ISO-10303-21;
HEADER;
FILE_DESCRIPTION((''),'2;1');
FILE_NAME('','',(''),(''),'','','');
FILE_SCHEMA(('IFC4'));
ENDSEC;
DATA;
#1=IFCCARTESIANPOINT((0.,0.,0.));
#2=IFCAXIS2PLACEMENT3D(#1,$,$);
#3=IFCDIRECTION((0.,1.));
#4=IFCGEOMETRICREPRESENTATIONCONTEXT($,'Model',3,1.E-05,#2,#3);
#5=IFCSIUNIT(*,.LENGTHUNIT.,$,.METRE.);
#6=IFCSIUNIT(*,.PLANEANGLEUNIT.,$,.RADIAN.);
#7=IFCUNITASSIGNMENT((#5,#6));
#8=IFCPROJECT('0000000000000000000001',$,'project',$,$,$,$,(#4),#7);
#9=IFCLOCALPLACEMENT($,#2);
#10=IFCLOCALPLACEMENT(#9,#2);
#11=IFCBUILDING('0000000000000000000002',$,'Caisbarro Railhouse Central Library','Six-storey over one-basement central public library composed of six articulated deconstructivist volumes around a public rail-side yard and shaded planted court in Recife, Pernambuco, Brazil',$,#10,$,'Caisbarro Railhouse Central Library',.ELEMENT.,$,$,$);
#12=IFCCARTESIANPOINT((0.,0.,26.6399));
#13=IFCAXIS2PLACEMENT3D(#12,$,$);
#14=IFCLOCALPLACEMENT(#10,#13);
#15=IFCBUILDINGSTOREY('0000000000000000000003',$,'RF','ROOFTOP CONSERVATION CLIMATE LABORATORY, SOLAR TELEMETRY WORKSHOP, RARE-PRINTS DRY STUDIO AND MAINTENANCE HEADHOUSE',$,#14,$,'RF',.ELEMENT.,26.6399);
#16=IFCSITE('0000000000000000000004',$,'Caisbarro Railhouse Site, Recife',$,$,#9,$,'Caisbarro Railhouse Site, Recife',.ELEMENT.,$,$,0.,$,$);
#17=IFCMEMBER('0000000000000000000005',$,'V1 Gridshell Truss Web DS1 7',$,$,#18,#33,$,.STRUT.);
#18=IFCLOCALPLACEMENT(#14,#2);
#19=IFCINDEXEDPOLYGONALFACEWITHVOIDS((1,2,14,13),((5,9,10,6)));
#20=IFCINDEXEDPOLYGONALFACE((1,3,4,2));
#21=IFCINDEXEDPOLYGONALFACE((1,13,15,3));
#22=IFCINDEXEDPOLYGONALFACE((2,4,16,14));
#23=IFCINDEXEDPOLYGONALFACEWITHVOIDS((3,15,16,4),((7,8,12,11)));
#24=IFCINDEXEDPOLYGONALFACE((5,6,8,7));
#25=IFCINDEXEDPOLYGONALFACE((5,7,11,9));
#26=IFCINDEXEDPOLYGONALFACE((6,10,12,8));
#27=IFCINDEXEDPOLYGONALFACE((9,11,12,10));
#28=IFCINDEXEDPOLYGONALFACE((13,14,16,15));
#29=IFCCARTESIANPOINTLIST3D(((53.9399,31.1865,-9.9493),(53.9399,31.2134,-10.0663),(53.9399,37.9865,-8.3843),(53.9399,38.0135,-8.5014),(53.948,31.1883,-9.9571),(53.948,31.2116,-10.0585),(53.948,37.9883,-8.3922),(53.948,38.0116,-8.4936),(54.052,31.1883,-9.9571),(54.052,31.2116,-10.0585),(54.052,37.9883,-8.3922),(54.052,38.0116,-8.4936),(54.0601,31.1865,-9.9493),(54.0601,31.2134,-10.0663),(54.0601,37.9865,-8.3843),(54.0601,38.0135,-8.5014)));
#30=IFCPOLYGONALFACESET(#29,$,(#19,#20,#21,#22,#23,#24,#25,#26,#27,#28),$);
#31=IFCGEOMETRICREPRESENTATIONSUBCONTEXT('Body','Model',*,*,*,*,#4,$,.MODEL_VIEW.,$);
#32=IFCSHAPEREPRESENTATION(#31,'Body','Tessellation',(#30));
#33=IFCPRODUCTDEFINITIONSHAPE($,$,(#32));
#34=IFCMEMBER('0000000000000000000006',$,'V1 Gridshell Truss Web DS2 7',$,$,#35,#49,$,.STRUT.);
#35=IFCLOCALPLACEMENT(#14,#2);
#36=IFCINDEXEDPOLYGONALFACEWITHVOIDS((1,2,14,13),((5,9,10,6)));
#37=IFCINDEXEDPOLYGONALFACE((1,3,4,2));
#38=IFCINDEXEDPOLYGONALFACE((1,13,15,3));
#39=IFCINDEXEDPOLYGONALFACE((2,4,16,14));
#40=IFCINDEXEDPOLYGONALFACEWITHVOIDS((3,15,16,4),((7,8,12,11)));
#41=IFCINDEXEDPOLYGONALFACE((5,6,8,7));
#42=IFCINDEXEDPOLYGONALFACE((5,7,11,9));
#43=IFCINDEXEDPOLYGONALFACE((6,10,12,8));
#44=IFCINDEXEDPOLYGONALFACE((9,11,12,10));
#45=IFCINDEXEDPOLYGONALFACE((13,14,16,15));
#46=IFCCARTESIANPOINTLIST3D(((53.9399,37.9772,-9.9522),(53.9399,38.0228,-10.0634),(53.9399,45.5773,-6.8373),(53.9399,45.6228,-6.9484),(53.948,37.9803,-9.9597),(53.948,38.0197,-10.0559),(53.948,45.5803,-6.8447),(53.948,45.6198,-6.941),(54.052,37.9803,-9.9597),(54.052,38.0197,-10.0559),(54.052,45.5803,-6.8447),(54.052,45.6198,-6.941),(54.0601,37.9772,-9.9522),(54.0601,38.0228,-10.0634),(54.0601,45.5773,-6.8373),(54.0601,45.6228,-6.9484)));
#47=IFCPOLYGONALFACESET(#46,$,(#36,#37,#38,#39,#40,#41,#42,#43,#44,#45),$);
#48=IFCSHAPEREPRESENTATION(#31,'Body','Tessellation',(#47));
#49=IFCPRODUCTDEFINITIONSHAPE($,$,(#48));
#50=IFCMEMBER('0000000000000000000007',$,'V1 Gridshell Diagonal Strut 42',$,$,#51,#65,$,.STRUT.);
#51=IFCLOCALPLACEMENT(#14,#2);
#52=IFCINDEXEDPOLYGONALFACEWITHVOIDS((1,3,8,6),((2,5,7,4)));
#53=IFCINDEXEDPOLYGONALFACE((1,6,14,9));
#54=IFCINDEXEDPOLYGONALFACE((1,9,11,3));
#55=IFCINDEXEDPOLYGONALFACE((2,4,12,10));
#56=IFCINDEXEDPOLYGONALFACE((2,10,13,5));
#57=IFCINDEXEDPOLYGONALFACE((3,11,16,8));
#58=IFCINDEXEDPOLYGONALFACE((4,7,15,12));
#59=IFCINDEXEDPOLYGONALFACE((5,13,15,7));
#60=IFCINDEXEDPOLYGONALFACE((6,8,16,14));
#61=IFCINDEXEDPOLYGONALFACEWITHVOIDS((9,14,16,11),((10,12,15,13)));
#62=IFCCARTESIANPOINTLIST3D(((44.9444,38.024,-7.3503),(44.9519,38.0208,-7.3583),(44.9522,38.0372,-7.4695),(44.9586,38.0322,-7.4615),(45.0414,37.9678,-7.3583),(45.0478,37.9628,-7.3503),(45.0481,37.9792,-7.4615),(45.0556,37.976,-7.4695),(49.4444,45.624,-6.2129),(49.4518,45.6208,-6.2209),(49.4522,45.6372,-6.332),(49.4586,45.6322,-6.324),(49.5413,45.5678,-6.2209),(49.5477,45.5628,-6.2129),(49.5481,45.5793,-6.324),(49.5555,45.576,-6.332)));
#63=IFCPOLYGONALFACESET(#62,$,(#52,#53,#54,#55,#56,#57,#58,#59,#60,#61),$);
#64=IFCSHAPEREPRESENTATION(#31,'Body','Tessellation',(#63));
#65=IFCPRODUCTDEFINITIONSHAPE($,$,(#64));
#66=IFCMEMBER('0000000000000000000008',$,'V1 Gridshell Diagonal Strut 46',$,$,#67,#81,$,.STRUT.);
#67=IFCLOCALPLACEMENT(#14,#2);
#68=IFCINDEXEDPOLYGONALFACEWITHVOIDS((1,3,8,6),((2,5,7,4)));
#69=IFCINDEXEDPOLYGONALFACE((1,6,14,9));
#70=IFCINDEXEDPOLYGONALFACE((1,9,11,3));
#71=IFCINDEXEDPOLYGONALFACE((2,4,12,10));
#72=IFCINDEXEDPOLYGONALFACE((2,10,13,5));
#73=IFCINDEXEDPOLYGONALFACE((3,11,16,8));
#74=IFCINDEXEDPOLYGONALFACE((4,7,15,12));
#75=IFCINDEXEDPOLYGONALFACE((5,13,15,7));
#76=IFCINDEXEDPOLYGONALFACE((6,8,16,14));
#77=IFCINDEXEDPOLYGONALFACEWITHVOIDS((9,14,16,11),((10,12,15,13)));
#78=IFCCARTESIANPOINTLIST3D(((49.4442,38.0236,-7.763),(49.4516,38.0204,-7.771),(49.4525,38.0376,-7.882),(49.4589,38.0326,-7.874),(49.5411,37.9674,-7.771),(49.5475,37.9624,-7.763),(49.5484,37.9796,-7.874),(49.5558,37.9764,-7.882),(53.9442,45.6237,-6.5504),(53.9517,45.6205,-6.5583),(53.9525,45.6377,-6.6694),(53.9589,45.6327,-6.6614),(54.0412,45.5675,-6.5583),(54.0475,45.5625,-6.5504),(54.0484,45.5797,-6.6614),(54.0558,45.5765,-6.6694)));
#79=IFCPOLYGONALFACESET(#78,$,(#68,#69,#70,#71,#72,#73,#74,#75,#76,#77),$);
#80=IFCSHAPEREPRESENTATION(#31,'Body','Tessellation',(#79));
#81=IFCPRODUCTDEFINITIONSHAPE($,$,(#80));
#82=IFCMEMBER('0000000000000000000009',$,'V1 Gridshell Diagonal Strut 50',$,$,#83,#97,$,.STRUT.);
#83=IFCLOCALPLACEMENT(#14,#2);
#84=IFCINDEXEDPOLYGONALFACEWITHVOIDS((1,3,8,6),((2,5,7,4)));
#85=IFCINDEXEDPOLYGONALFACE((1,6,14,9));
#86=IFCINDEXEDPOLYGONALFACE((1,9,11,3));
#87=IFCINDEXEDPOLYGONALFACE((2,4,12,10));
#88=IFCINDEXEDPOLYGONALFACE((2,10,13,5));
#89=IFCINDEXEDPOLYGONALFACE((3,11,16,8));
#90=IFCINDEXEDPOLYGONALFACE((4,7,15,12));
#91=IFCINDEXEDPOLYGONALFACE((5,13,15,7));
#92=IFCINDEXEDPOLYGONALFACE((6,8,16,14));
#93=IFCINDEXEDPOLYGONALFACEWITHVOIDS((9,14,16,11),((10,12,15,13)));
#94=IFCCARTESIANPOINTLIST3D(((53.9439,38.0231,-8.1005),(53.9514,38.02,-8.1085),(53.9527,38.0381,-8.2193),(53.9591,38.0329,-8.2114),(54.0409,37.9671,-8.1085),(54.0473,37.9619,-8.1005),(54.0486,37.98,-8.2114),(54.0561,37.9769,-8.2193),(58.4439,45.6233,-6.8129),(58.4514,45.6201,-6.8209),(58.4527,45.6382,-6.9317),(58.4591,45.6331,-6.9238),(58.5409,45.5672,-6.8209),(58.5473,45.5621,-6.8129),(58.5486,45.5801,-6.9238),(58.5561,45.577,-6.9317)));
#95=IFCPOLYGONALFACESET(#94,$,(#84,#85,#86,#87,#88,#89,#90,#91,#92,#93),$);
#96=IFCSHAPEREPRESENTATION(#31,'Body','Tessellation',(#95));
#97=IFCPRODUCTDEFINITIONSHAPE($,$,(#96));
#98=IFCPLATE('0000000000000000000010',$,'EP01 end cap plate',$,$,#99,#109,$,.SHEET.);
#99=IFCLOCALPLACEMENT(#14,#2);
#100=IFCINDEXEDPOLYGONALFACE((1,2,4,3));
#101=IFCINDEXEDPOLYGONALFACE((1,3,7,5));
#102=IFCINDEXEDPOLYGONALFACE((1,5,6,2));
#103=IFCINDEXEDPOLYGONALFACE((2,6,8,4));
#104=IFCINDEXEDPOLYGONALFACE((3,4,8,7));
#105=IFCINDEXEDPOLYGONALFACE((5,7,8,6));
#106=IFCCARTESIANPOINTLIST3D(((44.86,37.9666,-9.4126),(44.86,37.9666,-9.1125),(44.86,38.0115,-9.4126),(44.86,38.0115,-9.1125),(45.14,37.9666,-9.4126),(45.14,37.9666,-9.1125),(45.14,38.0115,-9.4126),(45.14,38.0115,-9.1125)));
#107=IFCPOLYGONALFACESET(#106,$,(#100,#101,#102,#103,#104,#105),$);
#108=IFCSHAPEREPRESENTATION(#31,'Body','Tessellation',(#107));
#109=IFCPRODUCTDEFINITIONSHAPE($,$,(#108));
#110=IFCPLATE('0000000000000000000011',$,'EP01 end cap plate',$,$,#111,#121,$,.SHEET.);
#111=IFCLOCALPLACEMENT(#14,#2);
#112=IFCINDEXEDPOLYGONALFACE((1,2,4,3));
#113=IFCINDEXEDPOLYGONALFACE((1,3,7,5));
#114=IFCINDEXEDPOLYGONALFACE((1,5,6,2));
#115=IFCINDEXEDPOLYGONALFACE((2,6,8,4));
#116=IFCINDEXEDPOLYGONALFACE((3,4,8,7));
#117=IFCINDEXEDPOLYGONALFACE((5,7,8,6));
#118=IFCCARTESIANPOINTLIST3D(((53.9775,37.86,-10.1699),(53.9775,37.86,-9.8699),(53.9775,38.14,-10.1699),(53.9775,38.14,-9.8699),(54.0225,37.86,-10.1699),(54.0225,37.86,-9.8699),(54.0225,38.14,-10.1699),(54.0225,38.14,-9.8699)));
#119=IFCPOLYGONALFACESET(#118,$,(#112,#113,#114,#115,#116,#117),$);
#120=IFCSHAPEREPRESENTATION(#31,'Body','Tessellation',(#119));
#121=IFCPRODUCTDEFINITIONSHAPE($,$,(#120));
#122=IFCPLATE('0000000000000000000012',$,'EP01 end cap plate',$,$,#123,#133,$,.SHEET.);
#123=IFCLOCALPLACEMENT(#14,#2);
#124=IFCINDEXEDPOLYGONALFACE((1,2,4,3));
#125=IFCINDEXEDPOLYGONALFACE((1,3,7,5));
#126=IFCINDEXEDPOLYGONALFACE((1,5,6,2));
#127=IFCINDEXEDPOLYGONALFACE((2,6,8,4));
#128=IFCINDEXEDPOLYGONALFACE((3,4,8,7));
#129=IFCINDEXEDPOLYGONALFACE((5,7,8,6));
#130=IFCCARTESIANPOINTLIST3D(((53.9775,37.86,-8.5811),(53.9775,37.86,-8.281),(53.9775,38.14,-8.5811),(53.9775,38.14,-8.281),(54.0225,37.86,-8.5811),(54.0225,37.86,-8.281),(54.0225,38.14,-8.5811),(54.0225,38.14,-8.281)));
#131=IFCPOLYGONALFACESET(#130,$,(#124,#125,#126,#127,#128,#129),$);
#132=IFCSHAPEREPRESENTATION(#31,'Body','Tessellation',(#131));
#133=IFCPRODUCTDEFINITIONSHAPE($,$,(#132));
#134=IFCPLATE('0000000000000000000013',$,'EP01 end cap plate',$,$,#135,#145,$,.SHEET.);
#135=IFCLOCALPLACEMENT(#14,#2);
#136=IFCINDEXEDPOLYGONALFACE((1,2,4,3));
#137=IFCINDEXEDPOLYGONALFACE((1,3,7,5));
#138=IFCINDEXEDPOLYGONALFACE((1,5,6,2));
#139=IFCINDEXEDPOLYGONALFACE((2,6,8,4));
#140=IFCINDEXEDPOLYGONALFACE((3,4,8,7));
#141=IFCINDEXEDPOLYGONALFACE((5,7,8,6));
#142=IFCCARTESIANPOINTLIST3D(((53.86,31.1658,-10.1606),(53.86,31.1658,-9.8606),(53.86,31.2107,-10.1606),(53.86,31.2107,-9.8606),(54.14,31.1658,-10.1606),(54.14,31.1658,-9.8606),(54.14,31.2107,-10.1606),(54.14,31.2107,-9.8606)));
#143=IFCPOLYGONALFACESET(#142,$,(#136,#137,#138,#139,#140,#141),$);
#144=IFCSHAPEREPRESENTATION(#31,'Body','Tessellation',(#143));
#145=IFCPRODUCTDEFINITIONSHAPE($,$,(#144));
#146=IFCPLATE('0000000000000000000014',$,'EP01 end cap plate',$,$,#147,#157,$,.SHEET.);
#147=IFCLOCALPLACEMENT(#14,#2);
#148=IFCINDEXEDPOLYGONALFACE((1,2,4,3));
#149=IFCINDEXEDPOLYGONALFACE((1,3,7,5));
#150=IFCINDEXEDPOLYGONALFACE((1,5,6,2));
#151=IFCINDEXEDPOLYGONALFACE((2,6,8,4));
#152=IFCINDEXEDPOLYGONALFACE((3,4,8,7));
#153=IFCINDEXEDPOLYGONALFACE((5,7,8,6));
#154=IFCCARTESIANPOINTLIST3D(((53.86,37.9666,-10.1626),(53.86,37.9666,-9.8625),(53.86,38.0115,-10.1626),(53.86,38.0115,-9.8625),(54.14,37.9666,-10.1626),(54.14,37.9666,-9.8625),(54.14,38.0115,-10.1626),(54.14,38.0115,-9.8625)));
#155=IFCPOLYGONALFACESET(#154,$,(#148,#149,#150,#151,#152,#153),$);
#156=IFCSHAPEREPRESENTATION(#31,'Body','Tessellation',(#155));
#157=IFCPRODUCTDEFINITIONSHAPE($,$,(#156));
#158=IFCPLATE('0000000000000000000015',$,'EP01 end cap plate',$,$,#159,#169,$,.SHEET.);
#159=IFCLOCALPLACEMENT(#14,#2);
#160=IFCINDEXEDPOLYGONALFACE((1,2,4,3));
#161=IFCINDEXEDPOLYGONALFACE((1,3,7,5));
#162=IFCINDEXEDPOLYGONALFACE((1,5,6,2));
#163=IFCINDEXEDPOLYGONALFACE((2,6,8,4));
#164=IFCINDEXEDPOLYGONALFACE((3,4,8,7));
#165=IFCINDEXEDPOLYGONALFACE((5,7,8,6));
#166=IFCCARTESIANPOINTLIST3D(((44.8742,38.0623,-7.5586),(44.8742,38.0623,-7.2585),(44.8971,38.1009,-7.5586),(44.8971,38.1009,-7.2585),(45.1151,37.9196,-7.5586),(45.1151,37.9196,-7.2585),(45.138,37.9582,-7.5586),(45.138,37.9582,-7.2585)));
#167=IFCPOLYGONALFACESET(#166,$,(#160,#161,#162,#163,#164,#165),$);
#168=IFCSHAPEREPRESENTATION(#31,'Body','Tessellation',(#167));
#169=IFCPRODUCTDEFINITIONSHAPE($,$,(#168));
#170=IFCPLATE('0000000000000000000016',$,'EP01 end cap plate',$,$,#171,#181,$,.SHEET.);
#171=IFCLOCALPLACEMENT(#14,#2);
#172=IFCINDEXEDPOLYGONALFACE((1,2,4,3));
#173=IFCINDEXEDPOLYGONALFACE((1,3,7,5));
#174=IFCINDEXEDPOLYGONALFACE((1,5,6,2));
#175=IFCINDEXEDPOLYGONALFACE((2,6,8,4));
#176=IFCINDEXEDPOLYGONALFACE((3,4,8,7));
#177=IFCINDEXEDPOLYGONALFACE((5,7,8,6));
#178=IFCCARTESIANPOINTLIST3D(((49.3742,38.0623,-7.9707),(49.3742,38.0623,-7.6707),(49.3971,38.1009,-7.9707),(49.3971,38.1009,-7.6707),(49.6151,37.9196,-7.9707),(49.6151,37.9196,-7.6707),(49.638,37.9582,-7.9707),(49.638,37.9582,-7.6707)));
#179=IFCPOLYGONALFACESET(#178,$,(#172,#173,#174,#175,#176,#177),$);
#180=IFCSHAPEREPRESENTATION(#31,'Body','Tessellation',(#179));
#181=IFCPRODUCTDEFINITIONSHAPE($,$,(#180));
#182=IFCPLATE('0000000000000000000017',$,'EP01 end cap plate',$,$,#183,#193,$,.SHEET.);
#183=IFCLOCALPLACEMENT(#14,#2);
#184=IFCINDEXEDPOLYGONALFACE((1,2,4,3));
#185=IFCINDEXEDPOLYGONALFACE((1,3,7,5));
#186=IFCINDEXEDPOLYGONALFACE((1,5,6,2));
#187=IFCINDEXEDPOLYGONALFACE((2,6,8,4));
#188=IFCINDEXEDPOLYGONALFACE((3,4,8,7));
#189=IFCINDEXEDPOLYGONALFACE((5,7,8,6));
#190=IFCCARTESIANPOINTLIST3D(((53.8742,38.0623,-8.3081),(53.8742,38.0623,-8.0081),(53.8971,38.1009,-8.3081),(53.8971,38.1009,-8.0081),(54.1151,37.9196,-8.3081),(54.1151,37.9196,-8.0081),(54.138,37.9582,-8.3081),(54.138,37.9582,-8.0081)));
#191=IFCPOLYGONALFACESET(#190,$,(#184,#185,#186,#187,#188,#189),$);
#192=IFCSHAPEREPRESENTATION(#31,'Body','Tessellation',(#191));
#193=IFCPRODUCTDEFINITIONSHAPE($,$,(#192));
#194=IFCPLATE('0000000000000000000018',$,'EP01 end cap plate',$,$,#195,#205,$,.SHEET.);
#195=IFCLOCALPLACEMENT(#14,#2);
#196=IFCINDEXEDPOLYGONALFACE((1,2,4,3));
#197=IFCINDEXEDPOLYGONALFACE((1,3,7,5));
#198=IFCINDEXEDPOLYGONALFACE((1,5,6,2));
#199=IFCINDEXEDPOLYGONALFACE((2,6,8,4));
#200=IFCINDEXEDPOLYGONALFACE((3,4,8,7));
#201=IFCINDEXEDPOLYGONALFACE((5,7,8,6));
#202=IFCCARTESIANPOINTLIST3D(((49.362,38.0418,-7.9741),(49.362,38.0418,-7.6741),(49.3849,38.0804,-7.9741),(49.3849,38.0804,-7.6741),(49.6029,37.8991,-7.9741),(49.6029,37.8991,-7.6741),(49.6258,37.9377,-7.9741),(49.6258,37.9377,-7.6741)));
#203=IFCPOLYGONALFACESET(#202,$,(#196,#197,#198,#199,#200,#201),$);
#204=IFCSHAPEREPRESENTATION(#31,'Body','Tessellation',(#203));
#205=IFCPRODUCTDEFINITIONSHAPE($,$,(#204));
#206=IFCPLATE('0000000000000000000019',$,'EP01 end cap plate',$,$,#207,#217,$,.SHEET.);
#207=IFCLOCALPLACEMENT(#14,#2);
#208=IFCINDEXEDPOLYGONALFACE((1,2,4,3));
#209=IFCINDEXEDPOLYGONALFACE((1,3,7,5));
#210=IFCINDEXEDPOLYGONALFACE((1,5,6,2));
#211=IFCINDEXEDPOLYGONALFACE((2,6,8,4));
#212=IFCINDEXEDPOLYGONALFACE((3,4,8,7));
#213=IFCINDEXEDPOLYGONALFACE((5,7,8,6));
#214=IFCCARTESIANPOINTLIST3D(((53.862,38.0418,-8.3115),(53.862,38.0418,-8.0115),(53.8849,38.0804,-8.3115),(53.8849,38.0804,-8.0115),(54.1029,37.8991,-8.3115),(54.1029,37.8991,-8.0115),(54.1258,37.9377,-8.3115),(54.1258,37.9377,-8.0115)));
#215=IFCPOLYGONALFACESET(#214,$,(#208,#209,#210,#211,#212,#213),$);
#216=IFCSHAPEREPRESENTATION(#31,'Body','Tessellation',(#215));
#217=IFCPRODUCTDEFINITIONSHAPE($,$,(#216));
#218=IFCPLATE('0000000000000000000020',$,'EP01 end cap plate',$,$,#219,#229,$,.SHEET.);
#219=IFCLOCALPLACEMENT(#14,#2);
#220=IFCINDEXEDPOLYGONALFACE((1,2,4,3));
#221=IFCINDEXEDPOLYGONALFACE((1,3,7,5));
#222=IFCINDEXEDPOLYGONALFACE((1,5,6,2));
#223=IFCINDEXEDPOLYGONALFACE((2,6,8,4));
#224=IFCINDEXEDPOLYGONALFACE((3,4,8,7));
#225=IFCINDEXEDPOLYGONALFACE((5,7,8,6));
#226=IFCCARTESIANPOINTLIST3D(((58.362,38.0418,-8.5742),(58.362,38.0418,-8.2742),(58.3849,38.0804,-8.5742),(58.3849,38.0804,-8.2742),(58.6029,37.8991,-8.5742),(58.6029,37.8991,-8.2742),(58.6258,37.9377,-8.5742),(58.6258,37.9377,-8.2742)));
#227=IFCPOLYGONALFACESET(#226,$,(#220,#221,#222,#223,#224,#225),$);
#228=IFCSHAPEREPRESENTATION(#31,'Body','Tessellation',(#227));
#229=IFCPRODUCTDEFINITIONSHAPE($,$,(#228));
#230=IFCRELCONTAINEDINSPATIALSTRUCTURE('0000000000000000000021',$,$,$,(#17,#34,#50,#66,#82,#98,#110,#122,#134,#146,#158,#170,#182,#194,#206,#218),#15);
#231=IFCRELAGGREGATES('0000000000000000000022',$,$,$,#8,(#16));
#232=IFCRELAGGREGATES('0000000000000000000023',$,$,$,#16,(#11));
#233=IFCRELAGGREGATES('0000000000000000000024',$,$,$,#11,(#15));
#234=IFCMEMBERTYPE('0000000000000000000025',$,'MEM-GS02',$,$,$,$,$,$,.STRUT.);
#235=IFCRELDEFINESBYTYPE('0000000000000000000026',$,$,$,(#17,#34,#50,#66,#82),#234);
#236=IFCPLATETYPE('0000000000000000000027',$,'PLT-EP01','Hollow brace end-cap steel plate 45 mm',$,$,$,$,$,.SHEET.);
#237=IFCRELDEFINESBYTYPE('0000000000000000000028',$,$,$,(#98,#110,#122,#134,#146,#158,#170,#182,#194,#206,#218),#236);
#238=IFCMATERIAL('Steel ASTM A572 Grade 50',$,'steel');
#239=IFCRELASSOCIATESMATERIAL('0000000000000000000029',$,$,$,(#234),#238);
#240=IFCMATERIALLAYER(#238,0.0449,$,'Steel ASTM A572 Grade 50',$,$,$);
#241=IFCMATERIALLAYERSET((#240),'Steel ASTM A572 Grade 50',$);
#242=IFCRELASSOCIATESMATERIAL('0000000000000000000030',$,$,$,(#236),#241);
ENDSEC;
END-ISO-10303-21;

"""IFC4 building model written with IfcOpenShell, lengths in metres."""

from ifc_helpers import new_model, si_unit, direction, frame, origin, origin_2d, place, context, subcontext, project, spatial, rectangle, hollow_rectangle, extrude, material, layer, layer_set, material_profile, profile_set, type_object, element, save


model = new_model("IFC4")

# Units and contexts
model_context = context("Model", 3, precision=1e-05, world=origin(), true_north=direction((0.0, 1.0)))
body_context = subcontext(model_context, "Body", "Model", "MODEL_VIEW")
ifc_project = project(units=[si_unit("LENGTHUNIT", "METRE"), si_unit("PLANEANGLEUNIT", "RADIAN")], contexts=[model_context])

# Site, building, storey
site_placement = place(None, origin())
site = spatial("IfcSite", under=ifc_project, at=site_placement, Name="Caisbarro Railhouse Site, Recife", LongName="Caisbarro Railhouse Site, Recife", CompositionType="ELEMENT", RefElevation=0.0)
building_placement = place(site_placement, origin())
building = spatial("IfcBuilding", under=site, at=building_placement, Name="Caisbarro Railhouse Central Library", Description="Six-storey over one-basement central public library composed of six articulated deconstructivist volumes around a public rail-side yard and shaded planted court in Recife, Pernambuco, Brazil", LongName="Caisbarro Railhouse Central Library", CompositionType="ELEMENT")
storey_placement = place(building_placement, frame((0.0, 0.0, 26.6399)))
storey = spatial("IfcBuildingStorey", under=building, at=storey_placement, Name="RF", Description="ROOFTOP CONSERVATION CLIMATE LABORATORY, SOLAR TELEMETRY WORKSHOP, RARE-PRINTS DRY STUDIO AND MAINTENANCE HEADHOUSE", LongName="RF", CompositionType="ELEMENT", Elevation=26.6399)

# Shared definitions
ifc_material = material(Name="Steel ASTM A572 Grade 50", Category="steel")

# Members
ifc_material_profile_1 = material_profile(ifc_material, hollow_rectangle(XDim=0.1201, YDim=0.1201, WallThickness=0.0081, at=origin_2d()), Name="HSS120X120X8")
ifc_profile_set_1 = profile_set([ifc_material_profile_1], Name="Steel ASTM A572 Grade 50")
member_type_1 = type_object("IfcMemberType", Name="MEM-GS02", PredefinedType="STRUT", material=ifc_profile_set_1)
member_1_placement = place(storey_placement, frame((54.0, 31.2, -10.0078), z_axis=(0.0, 0.974526, 0.224274), x_axis=(-1.0, 0.0, 0.0)))
element("IfcMember", 1, at=member_1_placement, inside=storey, type_object=member_type_1, Name="V1 Gridshell Truss Web DS1 7", PredefinedType="STRUT", context=body_context, shape_type="SweptSolid", body=[
    extrude(hollow_rectangle(XDim=0.1201, YDim=0.1201, WallThickness=0.0081, at=origin_2d()), origin(), (0.0, 0.0, 1.0), 6.9778),
])
member_2_placement = place(storey_placement, frame((54.0, 38.0, -10.0078), z_axis=(0.0, 0.925297, 0.379244), x_axis=(-1.0, 0.0, 0.0)))
element("IfcMember", 2, at=member_2_placement, inside=storey, type_object=member_type_1, Name="V1 Gridshell Truss Web DS2 7", PredefinedType="STRUT", context=body_context, shape_type="SweptSolid", body=[
    extrude(hollow_rectangle(XDim=0.1201, YDim=0.1201, WallThickness=0.0081, at=origin_2d()), origin(), (0.0, 0.0, 1.0), 8.2136),
])
member_3_placement = place(storey_placement, frame((45.0, 38.0, -7.4099), z_axis=(0.505314, 0.85343, 0.127727), x_axis=(-0.860478, 0.509487, 0.0)))
element("IfcMember", 3, at=member_3_placement, inside=storey, type_object=member_type_1, Name="V1 Gridshell Diagonal Strut 42", PredefinedType="STRUT", context=body_context, shape_type="SweptSolid", body=[
    extrude(hollow_rectangle(XDim=0.1201, YDim=0.1201, WallThickness=0.0081, at=origin_2d()), origin(), (0.0, 0.0, 1.0), 8.9053),
])
member_4_placement = place(storey_placement, frame((49.5, 38.0, -7.8225), z_axis=(0.504752, 0.852481, 0.136019), x_axis=(-0.860478, 0.509487, 0.0)))
element("IfcMember", 4, at=member_4_placement, inside=storey, type_object=member_type_1, Name="V1 Gridshell Diagonal Strut 46", PredefinedType="STRUT", context=body_context, shape_type="SweptSolid", body=[
    extrude(hollow_rectangle(XDim=0.1201, YDim=0.1201, WallThickness=0.0081, at=origin_2d()), origin(), (0.0, 0.0, 1.0), 8.9153),
])
member_5_placement = place(storey_placement, frame((54.0, 38.0, -8.1599), z_axis=(0.504158, 0.851478, 0.144256), x_axis=(-0.860478, 0.509487, 0.0)))
element("IfcMember", 5, at=member_5_placement, inside=storey, type_object=member_type_1, Name="V1 Gridshell Diagonal Strut 50", PredefinedType="STRUT", context=body_context, shape_type="SweptSolid", body=[
    extrude(hollow_rectangle(XDim=0.1201, YDim=0.1201, WallThickness=0.0081, at=origin_2d()), origin(), (0.0, 0.0, 1.0), 8.9258),
])

# Plates
ifc_layer = layer(ifc_material, 0.0449, Name="Steel ASTM A572 Grade 50")
ifc_layer_set = layer_set([ifc_layer], Name="Steel ASTM A572 Grade 50")
plate_type = type_object("IfcPlateType", Name="PLT-EP01", Description="Hollow brace end-cap steel plate 45 mm", PredefinedType="SHEET", material=ifc_layer_set)
for number, where, z_axis, x_axis, name in (
    (6, (45.0, 37.989, -9.4126), (0.0, 0.0, 1.0), (0.0, 1.0, 0.0), "EP01 end cap plate"),
    (7, (54.0, 38.0, -10.1699), (0.0, 0.0, 1.0), (1.0, 0.0, 0.0), "EP01 end cap plate"),
    (8, (54.0, 38.0, -8.5811), (0.0, 0.0, 1.0), (1.0, 0.0, 0.0), "EP01 end cap plate"),
    (9, (54.0, 31.1882, -10.1606), (0.0, 0.0, 1.0), (0.0, 1.0, 0.0), "EP01 end cap plate"),
    (10, (54.0, 37.989, -10.1626), (0.0, 0.0, 1.0), (0.0, 1.0, 0.0), "EP01 end cap plate"),
    (11, (45.0061, 38.0103, -7.5586), (0.0, 0.0, 1.0), (0.509492, 0.860475, 0.0), "EP01 end cap plate"),
    (12, (49.5061, 38.0103, -7.9707), (0.0, 0.0, 1.0), (0.509492, 0.860475, 0.0), "EP01 end cap plate"),
    (13, (54.0061, 38.0103, -8.3081), (0.0, 0.0, 1.0), (0.509492, 0.860475, 0.0), "EP01 end cap plate"),
    (14, (49.4939, 37.9897, -7.9741), (0.0, 0.0, 1.0), (0.509492, 0.860475, 0.0), "EP01 end cap plate"),
    (15, (53.9939, 37.9897, -8.3115), (0.0, 0.0, 1.0), (0.509492, 0.860475, 0.0), "EP01 end cap plate"),
    (16, (58.4939, 37.9897, -8.5742), (0.0, 0.0, 1.0), (0.509492, 0.860475, 0.0), "EP01 end cap plate"),
):
    element("IfcPlate", number, at=place(storey_placement, frame(where, z_axis=z_axis, x_axis=x_axis)), inside=storey, type_object=plate_type, Name=name, PredefinedType="SHEET", context=body_context, shape_type="SweptSolid", body=[
        extrude(rectangle(XDim=0.0449, YDim=0.28, at=origin_2d()), origin(), (0.0, 0.0, 1.0), 0.3),
    ])

save(model, "model.ifc")
